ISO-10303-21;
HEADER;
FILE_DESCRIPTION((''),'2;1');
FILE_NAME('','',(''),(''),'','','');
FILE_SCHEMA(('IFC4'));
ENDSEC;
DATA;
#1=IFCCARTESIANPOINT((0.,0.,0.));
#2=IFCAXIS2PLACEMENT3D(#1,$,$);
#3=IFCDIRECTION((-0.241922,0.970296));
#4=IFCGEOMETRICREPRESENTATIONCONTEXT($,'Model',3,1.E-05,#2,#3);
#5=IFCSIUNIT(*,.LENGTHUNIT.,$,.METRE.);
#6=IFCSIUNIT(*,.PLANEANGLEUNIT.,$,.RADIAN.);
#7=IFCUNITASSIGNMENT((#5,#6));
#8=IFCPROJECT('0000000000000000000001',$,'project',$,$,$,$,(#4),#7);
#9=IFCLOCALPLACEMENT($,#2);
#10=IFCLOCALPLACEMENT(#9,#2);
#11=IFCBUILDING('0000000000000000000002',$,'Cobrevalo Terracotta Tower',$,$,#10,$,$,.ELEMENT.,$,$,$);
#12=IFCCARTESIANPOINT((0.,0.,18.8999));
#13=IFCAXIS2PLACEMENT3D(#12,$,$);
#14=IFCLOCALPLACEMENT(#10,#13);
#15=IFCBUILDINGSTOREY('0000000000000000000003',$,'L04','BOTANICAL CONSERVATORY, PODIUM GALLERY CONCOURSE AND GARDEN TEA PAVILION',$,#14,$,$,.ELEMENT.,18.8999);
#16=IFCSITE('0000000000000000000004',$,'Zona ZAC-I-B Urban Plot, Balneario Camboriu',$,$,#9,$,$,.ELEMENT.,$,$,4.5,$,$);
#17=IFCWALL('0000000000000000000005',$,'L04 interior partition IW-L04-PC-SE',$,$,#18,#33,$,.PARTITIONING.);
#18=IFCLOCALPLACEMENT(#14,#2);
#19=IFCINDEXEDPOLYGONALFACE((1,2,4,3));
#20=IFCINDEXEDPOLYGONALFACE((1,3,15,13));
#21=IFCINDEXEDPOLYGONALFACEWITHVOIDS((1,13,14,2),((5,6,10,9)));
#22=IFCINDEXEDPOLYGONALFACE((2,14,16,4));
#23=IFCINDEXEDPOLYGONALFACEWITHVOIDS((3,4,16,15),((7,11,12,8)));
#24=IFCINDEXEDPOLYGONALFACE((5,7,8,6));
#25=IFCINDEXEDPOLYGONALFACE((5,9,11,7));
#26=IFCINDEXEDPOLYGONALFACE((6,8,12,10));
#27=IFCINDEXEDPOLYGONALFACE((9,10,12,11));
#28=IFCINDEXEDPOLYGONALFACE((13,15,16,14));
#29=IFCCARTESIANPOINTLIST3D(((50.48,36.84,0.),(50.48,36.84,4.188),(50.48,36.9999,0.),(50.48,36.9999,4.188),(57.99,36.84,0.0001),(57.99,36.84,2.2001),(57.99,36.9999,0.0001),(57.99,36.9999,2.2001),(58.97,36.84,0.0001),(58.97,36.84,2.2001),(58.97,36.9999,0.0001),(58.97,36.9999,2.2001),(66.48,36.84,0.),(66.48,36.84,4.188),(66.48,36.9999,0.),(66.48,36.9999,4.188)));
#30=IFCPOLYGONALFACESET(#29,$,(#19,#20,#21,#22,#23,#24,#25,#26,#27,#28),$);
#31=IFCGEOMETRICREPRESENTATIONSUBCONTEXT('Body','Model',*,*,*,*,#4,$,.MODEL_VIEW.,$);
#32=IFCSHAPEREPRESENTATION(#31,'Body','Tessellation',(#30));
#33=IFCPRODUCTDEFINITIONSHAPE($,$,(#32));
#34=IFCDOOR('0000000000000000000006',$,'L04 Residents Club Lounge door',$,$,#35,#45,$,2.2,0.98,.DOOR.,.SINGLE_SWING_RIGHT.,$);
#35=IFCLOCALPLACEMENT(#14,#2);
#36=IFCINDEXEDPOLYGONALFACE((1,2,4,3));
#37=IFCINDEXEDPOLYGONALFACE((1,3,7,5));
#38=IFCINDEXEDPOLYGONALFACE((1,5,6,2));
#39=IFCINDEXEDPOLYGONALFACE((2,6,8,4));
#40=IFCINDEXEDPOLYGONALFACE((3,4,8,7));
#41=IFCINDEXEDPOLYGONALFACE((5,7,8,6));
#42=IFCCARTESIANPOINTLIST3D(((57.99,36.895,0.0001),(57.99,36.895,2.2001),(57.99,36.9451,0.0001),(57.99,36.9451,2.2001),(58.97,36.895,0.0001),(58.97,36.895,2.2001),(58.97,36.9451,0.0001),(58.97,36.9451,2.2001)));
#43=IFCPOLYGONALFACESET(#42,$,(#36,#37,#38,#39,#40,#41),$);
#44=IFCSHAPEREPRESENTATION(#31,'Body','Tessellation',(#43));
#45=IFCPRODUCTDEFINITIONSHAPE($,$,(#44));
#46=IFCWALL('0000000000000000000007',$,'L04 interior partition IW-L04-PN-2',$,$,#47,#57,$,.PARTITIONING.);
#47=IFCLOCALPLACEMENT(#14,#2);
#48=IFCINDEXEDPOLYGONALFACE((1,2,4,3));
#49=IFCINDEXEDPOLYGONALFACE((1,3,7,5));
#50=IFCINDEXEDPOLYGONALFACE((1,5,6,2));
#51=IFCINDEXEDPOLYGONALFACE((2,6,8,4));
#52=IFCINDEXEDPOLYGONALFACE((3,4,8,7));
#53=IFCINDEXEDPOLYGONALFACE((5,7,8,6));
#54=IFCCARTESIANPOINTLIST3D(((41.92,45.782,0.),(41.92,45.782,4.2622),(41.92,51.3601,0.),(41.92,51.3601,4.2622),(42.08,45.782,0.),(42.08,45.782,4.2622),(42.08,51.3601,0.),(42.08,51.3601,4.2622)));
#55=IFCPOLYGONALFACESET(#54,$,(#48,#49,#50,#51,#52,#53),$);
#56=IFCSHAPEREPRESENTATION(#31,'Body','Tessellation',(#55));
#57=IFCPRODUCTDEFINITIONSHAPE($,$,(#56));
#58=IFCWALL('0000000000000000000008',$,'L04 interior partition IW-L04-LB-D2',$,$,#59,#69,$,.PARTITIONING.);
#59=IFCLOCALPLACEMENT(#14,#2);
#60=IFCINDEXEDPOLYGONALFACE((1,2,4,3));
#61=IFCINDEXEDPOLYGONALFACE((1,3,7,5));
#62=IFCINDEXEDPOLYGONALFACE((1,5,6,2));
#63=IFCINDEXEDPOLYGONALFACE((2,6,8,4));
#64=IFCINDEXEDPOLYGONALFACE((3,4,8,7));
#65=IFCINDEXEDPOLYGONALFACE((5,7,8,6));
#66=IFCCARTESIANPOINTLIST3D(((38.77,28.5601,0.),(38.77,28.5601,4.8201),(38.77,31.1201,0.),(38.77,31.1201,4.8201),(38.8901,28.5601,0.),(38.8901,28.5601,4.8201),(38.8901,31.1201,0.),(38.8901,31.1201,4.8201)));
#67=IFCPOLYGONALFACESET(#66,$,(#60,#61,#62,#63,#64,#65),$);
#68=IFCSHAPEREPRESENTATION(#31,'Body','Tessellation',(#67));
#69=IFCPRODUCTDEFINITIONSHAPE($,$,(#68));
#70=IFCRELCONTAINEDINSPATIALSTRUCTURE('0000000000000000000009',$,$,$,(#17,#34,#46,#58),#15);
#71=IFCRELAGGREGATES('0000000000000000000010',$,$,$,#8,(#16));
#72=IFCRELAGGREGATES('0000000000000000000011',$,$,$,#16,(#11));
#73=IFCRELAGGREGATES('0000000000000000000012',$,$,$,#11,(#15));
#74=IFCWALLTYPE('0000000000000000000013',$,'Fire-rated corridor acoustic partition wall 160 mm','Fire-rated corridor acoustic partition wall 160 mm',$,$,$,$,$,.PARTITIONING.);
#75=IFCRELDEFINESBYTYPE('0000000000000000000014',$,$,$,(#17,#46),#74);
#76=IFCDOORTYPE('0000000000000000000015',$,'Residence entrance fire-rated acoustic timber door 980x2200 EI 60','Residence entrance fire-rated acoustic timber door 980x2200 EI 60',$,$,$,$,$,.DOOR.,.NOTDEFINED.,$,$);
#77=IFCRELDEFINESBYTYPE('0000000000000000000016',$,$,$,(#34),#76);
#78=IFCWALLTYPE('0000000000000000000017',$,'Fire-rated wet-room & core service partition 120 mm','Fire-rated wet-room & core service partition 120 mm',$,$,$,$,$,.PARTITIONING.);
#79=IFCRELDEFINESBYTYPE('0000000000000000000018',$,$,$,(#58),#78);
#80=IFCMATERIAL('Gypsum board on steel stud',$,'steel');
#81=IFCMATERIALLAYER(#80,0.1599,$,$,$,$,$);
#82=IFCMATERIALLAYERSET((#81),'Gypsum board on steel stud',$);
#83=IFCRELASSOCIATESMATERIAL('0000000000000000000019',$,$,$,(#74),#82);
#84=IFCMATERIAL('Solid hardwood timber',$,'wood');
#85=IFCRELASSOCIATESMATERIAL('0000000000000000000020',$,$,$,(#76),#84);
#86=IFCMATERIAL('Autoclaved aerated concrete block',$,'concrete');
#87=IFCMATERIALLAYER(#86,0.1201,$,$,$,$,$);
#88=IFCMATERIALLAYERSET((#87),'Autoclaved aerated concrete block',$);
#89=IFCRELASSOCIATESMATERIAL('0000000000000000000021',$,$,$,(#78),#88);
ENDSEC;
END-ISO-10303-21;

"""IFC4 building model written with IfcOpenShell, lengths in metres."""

from ifc_helpers import new_model, si_unit, direction, frame, frame_2d, origin, place, context, subcontext, project, spatial, rectangle, extrude, source, transform, mapped, material, layer, layer_set, type_object, element, fill, save


model = new_model("IFC4")

# Units and contexts
model_context = context("Model", 3, precision=1e-05, world=origin(), true_north=direction((-0.241922, 0.970296)))
body_context = subcontext(model_context, "Body", "Model", "MODEL_VIEW")
ifc_project = project(units=[si_unit("LENGTHUNIT", "METRE"), si_unit("PLANEANGLEUNIT", "RADIAN")], contexts=[model_context])

# Site, building, storey
site_placement = place(None, origin())
site = spatial("IfcSite", under=ifc_project, at=site_placement, Name="Zona ZAC-I-B Urban Plot, Balneario Camboriu", CompositionType="ELEMENT", RefElevation=4.5)
building_placement = place(site_placement, origin())
building = spatial("IfcBuilding", under=site, at=building_placement, Name="Cobrevalo Terracotta Tower", CompositionType="ELEMENT")
storey_placement = place(building_placement, frame((0.0, 0.0, 18.8999)))
storey = spatial("IfcBuildingStorey", under=building, at=storey_placement, Name="L04", Description="BOTANICAL CONSERVATORY, PODIUM GALLERY CONCOURSE AND GARDEN TEA PAVILION", CompositionType="ELEMENT", Elevation=18.8999)

# Shared definitions
ifc_material_1 = material(Name="Gypsum board on steel stud", Category="steel")
ifc_layer_1 = layer(ifc_material_1, 0.1599)
ifc_layer_set_1 = layer_set([ifc_layer_1], Name="Gypsum board on steel stud")
wall_type_1 = type_object("IfcWallType", Name="Fire-rated corridor acoustic partition wall 160 mm", Description="Fire-rated corridor acoustic partition wall 160 mm", PredefinedType="PARTITIONING", material=ifc_layer_set_1)

# Wall, opening, door
wall_1_placement = place(storey_placement, frame((50.48, 36.9199, 0.0), z_axis=(0.0, 0.0, 1.0), x_axis=(1.0, 0.0, 0.0)))
wall_1 = element("IfcWall", 1, at=wall_1_placement, inside=storey, type_object=wall_type_1, Name="L04 interior partition IW-L04-PC-SE", PredefinedType="PARTITIONING", context=body_context, shape_type="SweptSolid", body=[
    extrude(rectangle(XDim=16.0, YDim=0.1599, at=frame_2d((8.0, 0.0))), origin(), (0.0, 0.0, 1.0), 4.188),
])
opening_placement = place(wall_1_placement, frame((7.51, 0.0, 0.0)))
opening = element("IfcOpeningElement", 2, at=opening_placement, cuts=wall_1, PredefinedType="OPENING", context=body_context, shape_type="SweptSolid", body=[
    extrude(rectangle(XDim=0.98, YDim=2.2, at=frame_2d((0.49, 1.1001))), frame((0.0, 0.0898, 0.0), z_axis=(0.0, -1.0, 0.0), x_axis=(1.0, 0.0, 0.0)), (0.0, 0.0, 1.0), 0.1799),
])
ifc_material_2 = material(Name="Solid hardwood timber", Category="wood")
door_type = type_object("IfcDoorType", Name="Residence entrance fire-rated acoustic timber door 980x2200 EI 60", Description="Residence entrance fire-rated acoustic timber door 980x2200 EI 60", OperationType="NOTDEFINED", PredefinedType="DOOR", material=ifc_material_2)
shared_shape = source(origin(), body_context, "Body", "SweptSolid", [
    extrude(rectangle(XDim=0.98, YDim=2.2, at=frame_2d((0.49, 1.1001))), frame((0.0, 0.0249, 0.0), z_axis=(0.0, -1.0, 0.0), x_axis=(1.0, 0.0, 0.0)), (0.0, 0.0, 1.0), 0.05),
])
door_placement = place(opening_placement, frame((0.98, 0.0, 0.0), z_axis=(0.0, 0.0, 1.0), x_axis=(-1.0, 0.0, 0.0)))
door = element("IfcDoor", 3, at=door_placement, inside=storey, type_object=door_type, Name="L04 Residents Club Lounge door", OperationType="SINGLE_SWING_RIGHT", OverallHeight=2.2, OverallWidth=0.98, PredefinedType="DOOR", context=body_context, shape_type="MappedRepresentation", body=[
    mapped(shared_shape, transform((0.0, 0.0, 0.0), scale=1.0)),
])
fill(opening, door)

# Walls
wall_2_placement = place(storey_placement, frame((42.0, 45.782, 0.0), z_axis=(0.0, 0.0, 1.0), x_axis=(0.0, 1.0, 0.0)))
element("IfcWall", 4, at=wall_2_placement, inside=storey, type_object=wall_type_1, Name="L04 interior partition IW-L04-PN-2", PredefinedType="PARTITIONING", context=body_context, shape_type="SweptSolid", body=[
    extrude(rectangle(XDim=5.5781, YDim=0.1599, at=frame_2d((2.7891, 0.0))), origin(), (0.0, 0.0, 1.0), 4.2622),
])
ifc_material_3 = material(Name="Autoclaved aerated concrete block", Category="concrete")
ifc_layer_2 = layer(ifc_material_3, 0.1201)
ifc_layer_set_2 = layer_set([ifc_layer_2], Name="Autoclaved aerated concrete block")
wall_type_2 = type_object("IfcWallType", Name="Fire-rated wet-room & core service partition 120 mm", Description="Fire-rated wet-room & core service partition 120 mm", PredefinedType="PARTITIONING", material=ifc_layer_set_2)
wall_3_placement = place(storey_placement, frame((38.8301, 28.5601, 0.0), z_axis=(0.0, 0.0, 1.0), x_axis=(0.0, 1.0, 0.0)))
element("IfcWall", 5, at=wall_3_placement, inside=storey, type_object=wall_type_2, Name="L04 interior partition IW-L04-LB-D2", PredefinedType="PARTITIONING", context=body_context, shape_type="SweptSolid", body=[
    extrude(rectangle(XDim=2.5601, YDim=0.1201, at=frame_2d((1.28, 0.0))), origin(), (0.0, 0.0, 1.0), 4.8201),
])

save(model, "model.ifc")
